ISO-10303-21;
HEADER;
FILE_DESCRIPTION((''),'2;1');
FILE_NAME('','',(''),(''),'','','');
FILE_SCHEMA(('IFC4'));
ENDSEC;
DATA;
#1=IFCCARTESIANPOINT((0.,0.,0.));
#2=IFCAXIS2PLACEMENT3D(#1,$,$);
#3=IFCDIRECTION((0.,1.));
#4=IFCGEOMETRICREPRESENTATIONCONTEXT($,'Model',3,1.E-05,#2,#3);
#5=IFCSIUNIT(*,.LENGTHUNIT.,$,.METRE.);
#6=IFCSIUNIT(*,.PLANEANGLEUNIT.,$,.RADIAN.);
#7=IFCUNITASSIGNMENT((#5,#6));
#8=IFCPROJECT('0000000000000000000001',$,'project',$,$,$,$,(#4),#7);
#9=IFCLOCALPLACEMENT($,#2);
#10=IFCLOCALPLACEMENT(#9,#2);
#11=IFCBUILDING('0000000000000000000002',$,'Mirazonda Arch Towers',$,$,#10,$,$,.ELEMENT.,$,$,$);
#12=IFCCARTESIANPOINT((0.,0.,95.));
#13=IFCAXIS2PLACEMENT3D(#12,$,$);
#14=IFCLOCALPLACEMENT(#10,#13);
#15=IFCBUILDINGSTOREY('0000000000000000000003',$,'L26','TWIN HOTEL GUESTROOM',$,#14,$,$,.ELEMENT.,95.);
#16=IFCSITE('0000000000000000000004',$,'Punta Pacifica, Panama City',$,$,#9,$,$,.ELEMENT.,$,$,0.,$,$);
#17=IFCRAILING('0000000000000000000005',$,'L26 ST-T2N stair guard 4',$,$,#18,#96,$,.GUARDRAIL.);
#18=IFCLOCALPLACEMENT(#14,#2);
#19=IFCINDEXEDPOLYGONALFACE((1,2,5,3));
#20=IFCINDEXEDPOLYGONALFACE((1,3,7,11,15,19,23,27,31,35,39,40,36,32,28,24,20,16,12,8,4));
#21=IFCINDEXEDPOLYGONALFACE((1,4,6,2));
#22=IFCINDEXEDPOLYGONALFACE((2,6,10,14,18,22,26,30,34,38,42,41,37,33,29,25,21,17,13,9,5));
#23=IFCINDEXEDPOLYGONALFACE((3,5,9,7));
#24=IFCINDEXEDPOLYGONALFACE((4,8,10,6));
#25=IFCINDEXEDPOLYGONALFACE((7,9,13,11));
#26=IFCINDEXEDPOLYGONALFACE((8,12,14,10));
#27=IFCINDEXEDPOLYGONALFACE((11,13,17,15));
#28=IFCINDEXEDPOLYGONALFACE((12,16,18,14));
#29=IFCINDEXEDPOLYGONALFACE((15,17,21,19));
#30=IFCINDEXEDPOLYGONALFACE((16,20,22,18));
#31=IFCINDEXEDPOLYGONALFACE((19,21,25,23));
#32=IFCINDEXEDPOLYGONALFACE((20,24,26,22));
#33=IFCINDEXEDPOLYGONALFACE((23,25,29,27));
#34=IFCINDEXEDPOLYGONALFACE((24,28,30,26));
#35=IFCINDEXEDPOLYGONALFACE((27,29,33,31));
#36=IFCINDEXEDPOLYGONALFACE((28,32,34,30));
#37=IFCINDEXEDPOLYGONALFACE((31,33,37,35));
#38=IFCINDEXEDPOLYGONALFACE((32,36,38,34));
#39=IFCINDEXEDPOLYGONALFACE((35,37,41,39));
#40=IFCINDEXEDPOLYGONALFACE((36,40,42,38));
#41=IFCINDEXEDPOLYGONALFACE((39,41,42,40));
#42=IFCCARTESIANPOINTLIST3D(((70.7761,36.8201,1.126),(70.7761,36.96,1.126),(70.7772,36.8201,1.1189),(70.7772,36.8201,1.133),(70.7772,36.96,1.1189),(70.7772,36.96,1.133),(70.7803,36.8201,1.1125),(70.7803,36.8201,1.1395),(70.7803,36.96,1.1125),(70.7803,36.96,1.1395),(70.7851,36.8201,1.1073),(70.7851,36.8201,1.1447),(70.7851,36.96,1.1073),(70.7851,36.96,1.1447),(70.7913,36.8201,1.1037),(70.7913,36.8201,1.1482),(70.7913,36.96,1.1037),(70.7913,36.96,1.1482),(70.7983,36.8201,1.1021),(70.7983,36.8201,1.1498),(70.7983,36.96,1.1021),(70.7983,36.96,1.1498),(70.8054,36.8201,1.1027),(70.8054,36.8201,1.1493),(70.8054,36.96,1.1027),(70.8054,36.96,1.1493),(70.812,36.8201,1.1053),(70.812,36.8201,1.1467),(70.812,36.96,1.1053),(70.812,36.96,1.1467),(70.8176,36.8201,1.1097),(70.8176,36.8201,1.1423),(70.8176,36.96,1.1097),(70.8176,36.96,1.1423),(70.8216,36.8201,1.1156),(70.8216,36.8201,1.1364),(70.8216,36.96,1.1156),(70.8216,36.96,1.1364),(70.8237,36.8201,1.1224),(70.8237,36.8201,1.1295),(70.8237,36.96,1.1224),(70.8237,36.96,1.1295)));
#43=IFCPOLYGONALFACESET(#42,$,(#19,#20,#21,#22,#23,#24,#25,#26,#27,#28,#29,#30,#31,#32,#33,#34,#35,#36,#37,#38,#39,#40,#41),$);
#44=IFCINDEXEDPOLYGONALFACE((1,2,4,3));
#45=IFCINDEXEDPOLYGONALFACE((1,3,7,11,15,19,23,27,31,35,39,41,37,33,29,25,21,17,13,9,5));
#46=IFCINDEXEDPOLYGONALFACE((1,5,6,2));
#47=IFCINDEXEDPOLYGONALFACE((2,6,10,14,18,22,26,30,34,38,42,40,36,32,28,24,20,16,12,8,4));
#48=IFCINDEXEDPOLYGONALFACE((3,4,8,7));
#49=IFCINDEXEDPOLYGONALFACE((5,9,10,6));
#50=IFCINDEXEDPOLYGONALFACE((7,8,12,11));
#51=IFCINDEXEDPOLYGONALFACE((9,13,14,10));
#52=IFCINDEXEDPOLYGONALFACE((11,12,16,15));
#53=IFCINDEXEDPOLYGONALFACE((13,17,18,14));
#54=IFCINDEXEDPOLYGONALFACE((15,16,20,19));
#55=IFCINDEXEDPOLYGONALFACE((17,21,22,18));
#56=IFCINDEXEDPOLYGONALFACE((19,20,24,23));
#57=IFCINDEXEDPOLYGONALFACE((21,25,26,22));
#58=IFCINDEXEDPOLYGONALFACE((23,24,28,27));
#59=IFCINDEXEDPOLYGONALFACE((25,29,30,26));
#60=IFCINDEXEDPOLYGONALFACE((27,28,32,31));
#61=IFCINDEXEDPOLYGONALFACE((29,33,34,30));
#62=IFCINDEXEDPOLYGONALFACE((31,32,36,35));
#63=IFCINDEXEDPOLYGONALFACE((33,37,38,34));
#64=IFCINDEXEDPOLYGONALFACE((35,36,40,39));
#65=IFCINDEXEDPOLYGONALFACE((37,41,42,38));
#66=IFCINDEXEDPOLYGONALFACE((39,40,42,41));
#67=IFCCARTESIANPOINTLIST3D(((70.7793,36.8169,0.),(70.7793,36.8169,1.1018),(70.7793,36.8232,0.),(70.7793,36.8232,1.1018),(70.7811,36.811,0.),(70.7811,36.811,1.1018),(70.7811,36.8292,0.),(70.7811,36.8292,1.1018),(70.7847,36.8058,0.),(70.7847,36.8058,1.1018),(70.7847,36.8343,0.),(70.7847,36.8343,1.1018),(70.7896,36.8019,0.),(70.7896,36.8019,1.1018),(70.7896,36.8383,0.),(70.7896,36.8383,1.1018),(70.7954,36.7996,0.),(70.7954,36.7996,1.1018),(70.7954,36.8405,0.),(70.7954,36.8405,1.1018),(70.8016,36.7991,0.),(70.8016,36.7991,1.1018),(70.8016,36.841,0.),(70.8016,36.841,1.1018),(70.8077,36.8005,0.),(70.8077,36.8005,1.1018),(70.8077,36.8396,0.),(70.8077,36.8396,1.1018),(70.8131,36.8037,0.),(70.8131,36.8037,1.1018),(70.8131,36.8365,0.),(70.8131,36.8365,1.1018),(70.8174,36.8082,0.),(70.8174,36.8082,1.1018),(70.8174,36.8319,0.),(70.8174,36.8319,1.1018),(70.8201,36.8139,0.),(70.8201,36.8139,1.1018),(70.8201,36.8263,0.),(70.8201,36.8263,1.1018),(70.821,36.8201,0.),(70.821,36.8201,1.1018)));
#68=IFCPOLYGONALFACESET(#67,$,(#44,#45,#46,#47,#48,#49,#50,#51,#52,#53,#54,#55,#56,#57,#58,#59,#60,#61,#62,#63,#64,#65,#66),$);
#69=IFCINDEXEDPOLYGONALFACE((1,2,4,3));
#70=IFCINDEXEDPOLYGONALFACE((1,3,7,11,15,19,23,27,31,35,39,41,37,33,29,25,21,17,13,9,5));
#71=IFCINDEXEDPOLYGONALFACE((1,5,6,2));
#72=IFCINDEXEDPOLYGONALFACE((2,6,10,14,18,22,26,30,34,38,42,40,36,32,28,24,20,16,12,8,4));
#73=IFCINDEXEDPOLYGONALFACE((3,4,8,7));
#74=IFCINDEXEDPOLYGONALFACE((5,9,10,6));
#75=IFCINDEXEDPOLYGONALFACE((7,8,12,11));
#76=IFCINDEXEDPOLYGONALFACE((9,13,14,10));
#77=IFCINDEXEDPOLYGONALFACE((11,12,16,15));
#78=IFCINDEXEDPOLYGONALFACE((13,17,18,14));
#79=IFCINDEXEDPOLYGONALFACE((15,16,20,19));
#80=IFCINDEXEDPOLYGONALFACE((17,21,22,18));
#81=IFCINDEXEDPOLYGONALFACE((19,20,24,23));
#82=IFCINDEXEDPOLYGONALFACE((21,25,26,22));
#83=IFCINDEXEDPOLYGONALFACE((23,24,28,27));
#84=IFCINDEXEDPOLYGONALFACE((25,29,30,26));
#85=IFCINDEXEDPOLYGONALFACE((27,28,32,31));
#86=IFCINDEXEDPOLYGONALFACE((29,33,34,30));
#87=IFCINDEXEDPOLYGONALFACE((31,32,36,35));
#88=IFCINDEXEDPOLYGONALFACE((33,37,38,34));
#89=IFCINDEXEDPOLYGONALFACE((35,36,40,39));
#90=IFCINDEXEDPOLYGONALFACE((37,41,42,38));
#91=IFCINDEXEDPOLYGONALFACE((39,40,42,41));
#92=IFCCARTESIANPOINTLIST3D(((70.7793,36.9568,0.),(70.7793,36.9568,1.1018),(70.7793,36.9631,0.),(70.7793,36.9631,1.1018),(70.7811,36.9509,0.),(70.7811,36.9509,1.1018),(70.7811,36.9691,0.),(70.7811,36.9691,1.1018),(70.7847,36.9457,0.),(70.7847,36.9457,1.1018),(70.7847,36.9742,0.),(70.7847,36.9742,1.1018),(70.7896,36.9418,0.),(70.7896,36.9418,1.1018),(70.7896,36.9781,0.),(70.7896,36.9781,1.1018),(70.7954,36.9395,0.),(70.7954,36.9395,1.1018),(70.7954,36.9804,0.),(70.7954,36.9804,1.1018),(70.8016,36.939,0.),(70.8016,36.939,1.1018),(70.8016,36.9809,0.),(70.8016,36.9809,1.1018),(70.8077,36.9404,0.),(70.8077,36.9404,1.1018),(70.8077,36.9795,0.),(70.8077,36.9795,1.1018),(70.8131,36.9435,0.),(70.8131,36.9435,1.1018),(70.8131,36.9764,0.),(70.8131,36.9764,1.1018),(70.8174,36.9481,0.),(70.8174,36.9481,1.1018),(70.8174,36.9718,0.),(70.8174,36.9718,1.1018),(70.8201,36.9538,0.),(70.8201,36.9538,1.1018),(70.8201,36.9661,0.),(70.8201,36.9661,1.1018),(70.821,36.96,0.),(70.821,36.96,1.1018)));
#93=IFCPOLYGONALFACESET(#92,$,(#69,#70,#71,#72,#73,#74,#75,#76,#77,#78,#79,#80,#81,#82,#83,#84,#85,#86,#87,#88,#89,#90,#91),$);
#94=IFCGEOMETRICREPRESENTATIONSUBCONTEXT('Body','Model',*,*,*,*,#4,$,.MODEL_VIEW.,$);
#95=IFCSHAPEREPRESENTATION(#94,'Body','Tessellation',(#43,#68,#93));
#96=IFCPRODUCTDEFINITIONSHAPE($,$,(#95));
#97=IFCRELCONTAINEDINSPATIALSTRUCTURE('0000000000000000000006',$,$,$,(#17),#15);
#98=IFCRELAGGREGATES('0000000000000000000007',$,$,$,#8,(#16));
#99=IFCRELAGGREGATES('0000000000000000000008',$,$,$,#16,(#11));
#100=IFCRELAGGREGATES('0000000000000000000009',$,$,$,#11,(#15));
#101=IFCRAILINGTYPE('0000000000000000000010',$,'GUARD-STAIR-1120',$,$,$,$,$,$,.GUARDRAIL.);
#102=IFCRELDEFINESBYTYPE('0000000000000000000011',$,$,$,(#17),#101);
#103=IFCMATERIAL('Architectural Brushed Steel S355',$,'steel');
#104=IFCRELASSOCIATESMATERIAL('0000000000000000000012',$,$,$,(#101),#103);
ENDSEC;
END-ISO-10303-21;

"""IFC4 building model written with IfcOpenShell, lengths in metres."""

from ifc_helpers import new_model, si_unit, direction, frame, origin, origin_2d, place, context, subcontext, project, spatial, circle, extrude, material, type_object, element, save


model = new_model("IFC4")

# Units and contexts
model_context = context("Model", 3, precision=1e-05, world=origin(), true_north=direction((0.0, 1.0)))
body_context = subcontext(model_context, "Body", "Model", "MODEL_VIEW")
ifc_project = project(units=[si_unit("LENGTHUNIT", "METRE"), si_unit("PLANEANGLEUNIT", "RADIAN")], contexts=[model_context])

# Site, building, storey
site_placement = place(None, origin())
site = spatial("IfcSite", under=ifc_project, at=site_placement, Name="Punta Pacifica, Panama City", CompositionType="ELEMENT", RefElevation=0.0)
building_placement = place(site_placement, origin())
building = spatial("IfcBuilding", under=site, at=building_placement, Name="Mirazonda Arch Towers", CompositionType="ELEMENT")
storey_placement = place(building_placement, frame((0.0, 0.0, 95.0)))
storey = spatial("IfcBuildingStorey", under=building, at=storey_placement, Name="L26", Description="TWIN HOTEL GUESTROOM", CompositionType="ELEMENT", Elevation=95.0)

# Railing
ifc_material_1 = material(Name="Architectural Brushed Steel S355", Category="steel")
railing_type_1 = type_object("IfcRailingType", Name="GUARD-STAIR-1120", PredefinedType="GUARDRAIL", material=ifc_material_1)
railing_1_placement = place(storey_placement, frame((70.8, 36.8201, 0.0)))
element("IfcRailing", 1, at=railing_1_placement, inside=storey, type_object=railing_type_1, Name="L26 ST-T2N stair guard 4", PredefinedType="GUARDRAIL", context=body_context, shape_type="SweptSolid", body=[
    extrude(circle(Radius=0.0239, at=origin_2d()), frame((0.0, 0.0, 1.126), z_axis=(0.0, 1.0, 0.0), x_axis=(-1.0, 0.0, 0.0)), (0.0, 0.0, 1.0), 0.1399),
    extrude(circle(Radius=0.021, at=origin_2d()), origin(), (0.0, 0.0, 1.0), 1.1018),
    extrude(circle(Radius=0.021, at=origin_2d()), frame((0.0, 0.1399, 0.0)), (0.0, 0.0, 1.0), 1.1018),
])

save(model, "model.ifc")
